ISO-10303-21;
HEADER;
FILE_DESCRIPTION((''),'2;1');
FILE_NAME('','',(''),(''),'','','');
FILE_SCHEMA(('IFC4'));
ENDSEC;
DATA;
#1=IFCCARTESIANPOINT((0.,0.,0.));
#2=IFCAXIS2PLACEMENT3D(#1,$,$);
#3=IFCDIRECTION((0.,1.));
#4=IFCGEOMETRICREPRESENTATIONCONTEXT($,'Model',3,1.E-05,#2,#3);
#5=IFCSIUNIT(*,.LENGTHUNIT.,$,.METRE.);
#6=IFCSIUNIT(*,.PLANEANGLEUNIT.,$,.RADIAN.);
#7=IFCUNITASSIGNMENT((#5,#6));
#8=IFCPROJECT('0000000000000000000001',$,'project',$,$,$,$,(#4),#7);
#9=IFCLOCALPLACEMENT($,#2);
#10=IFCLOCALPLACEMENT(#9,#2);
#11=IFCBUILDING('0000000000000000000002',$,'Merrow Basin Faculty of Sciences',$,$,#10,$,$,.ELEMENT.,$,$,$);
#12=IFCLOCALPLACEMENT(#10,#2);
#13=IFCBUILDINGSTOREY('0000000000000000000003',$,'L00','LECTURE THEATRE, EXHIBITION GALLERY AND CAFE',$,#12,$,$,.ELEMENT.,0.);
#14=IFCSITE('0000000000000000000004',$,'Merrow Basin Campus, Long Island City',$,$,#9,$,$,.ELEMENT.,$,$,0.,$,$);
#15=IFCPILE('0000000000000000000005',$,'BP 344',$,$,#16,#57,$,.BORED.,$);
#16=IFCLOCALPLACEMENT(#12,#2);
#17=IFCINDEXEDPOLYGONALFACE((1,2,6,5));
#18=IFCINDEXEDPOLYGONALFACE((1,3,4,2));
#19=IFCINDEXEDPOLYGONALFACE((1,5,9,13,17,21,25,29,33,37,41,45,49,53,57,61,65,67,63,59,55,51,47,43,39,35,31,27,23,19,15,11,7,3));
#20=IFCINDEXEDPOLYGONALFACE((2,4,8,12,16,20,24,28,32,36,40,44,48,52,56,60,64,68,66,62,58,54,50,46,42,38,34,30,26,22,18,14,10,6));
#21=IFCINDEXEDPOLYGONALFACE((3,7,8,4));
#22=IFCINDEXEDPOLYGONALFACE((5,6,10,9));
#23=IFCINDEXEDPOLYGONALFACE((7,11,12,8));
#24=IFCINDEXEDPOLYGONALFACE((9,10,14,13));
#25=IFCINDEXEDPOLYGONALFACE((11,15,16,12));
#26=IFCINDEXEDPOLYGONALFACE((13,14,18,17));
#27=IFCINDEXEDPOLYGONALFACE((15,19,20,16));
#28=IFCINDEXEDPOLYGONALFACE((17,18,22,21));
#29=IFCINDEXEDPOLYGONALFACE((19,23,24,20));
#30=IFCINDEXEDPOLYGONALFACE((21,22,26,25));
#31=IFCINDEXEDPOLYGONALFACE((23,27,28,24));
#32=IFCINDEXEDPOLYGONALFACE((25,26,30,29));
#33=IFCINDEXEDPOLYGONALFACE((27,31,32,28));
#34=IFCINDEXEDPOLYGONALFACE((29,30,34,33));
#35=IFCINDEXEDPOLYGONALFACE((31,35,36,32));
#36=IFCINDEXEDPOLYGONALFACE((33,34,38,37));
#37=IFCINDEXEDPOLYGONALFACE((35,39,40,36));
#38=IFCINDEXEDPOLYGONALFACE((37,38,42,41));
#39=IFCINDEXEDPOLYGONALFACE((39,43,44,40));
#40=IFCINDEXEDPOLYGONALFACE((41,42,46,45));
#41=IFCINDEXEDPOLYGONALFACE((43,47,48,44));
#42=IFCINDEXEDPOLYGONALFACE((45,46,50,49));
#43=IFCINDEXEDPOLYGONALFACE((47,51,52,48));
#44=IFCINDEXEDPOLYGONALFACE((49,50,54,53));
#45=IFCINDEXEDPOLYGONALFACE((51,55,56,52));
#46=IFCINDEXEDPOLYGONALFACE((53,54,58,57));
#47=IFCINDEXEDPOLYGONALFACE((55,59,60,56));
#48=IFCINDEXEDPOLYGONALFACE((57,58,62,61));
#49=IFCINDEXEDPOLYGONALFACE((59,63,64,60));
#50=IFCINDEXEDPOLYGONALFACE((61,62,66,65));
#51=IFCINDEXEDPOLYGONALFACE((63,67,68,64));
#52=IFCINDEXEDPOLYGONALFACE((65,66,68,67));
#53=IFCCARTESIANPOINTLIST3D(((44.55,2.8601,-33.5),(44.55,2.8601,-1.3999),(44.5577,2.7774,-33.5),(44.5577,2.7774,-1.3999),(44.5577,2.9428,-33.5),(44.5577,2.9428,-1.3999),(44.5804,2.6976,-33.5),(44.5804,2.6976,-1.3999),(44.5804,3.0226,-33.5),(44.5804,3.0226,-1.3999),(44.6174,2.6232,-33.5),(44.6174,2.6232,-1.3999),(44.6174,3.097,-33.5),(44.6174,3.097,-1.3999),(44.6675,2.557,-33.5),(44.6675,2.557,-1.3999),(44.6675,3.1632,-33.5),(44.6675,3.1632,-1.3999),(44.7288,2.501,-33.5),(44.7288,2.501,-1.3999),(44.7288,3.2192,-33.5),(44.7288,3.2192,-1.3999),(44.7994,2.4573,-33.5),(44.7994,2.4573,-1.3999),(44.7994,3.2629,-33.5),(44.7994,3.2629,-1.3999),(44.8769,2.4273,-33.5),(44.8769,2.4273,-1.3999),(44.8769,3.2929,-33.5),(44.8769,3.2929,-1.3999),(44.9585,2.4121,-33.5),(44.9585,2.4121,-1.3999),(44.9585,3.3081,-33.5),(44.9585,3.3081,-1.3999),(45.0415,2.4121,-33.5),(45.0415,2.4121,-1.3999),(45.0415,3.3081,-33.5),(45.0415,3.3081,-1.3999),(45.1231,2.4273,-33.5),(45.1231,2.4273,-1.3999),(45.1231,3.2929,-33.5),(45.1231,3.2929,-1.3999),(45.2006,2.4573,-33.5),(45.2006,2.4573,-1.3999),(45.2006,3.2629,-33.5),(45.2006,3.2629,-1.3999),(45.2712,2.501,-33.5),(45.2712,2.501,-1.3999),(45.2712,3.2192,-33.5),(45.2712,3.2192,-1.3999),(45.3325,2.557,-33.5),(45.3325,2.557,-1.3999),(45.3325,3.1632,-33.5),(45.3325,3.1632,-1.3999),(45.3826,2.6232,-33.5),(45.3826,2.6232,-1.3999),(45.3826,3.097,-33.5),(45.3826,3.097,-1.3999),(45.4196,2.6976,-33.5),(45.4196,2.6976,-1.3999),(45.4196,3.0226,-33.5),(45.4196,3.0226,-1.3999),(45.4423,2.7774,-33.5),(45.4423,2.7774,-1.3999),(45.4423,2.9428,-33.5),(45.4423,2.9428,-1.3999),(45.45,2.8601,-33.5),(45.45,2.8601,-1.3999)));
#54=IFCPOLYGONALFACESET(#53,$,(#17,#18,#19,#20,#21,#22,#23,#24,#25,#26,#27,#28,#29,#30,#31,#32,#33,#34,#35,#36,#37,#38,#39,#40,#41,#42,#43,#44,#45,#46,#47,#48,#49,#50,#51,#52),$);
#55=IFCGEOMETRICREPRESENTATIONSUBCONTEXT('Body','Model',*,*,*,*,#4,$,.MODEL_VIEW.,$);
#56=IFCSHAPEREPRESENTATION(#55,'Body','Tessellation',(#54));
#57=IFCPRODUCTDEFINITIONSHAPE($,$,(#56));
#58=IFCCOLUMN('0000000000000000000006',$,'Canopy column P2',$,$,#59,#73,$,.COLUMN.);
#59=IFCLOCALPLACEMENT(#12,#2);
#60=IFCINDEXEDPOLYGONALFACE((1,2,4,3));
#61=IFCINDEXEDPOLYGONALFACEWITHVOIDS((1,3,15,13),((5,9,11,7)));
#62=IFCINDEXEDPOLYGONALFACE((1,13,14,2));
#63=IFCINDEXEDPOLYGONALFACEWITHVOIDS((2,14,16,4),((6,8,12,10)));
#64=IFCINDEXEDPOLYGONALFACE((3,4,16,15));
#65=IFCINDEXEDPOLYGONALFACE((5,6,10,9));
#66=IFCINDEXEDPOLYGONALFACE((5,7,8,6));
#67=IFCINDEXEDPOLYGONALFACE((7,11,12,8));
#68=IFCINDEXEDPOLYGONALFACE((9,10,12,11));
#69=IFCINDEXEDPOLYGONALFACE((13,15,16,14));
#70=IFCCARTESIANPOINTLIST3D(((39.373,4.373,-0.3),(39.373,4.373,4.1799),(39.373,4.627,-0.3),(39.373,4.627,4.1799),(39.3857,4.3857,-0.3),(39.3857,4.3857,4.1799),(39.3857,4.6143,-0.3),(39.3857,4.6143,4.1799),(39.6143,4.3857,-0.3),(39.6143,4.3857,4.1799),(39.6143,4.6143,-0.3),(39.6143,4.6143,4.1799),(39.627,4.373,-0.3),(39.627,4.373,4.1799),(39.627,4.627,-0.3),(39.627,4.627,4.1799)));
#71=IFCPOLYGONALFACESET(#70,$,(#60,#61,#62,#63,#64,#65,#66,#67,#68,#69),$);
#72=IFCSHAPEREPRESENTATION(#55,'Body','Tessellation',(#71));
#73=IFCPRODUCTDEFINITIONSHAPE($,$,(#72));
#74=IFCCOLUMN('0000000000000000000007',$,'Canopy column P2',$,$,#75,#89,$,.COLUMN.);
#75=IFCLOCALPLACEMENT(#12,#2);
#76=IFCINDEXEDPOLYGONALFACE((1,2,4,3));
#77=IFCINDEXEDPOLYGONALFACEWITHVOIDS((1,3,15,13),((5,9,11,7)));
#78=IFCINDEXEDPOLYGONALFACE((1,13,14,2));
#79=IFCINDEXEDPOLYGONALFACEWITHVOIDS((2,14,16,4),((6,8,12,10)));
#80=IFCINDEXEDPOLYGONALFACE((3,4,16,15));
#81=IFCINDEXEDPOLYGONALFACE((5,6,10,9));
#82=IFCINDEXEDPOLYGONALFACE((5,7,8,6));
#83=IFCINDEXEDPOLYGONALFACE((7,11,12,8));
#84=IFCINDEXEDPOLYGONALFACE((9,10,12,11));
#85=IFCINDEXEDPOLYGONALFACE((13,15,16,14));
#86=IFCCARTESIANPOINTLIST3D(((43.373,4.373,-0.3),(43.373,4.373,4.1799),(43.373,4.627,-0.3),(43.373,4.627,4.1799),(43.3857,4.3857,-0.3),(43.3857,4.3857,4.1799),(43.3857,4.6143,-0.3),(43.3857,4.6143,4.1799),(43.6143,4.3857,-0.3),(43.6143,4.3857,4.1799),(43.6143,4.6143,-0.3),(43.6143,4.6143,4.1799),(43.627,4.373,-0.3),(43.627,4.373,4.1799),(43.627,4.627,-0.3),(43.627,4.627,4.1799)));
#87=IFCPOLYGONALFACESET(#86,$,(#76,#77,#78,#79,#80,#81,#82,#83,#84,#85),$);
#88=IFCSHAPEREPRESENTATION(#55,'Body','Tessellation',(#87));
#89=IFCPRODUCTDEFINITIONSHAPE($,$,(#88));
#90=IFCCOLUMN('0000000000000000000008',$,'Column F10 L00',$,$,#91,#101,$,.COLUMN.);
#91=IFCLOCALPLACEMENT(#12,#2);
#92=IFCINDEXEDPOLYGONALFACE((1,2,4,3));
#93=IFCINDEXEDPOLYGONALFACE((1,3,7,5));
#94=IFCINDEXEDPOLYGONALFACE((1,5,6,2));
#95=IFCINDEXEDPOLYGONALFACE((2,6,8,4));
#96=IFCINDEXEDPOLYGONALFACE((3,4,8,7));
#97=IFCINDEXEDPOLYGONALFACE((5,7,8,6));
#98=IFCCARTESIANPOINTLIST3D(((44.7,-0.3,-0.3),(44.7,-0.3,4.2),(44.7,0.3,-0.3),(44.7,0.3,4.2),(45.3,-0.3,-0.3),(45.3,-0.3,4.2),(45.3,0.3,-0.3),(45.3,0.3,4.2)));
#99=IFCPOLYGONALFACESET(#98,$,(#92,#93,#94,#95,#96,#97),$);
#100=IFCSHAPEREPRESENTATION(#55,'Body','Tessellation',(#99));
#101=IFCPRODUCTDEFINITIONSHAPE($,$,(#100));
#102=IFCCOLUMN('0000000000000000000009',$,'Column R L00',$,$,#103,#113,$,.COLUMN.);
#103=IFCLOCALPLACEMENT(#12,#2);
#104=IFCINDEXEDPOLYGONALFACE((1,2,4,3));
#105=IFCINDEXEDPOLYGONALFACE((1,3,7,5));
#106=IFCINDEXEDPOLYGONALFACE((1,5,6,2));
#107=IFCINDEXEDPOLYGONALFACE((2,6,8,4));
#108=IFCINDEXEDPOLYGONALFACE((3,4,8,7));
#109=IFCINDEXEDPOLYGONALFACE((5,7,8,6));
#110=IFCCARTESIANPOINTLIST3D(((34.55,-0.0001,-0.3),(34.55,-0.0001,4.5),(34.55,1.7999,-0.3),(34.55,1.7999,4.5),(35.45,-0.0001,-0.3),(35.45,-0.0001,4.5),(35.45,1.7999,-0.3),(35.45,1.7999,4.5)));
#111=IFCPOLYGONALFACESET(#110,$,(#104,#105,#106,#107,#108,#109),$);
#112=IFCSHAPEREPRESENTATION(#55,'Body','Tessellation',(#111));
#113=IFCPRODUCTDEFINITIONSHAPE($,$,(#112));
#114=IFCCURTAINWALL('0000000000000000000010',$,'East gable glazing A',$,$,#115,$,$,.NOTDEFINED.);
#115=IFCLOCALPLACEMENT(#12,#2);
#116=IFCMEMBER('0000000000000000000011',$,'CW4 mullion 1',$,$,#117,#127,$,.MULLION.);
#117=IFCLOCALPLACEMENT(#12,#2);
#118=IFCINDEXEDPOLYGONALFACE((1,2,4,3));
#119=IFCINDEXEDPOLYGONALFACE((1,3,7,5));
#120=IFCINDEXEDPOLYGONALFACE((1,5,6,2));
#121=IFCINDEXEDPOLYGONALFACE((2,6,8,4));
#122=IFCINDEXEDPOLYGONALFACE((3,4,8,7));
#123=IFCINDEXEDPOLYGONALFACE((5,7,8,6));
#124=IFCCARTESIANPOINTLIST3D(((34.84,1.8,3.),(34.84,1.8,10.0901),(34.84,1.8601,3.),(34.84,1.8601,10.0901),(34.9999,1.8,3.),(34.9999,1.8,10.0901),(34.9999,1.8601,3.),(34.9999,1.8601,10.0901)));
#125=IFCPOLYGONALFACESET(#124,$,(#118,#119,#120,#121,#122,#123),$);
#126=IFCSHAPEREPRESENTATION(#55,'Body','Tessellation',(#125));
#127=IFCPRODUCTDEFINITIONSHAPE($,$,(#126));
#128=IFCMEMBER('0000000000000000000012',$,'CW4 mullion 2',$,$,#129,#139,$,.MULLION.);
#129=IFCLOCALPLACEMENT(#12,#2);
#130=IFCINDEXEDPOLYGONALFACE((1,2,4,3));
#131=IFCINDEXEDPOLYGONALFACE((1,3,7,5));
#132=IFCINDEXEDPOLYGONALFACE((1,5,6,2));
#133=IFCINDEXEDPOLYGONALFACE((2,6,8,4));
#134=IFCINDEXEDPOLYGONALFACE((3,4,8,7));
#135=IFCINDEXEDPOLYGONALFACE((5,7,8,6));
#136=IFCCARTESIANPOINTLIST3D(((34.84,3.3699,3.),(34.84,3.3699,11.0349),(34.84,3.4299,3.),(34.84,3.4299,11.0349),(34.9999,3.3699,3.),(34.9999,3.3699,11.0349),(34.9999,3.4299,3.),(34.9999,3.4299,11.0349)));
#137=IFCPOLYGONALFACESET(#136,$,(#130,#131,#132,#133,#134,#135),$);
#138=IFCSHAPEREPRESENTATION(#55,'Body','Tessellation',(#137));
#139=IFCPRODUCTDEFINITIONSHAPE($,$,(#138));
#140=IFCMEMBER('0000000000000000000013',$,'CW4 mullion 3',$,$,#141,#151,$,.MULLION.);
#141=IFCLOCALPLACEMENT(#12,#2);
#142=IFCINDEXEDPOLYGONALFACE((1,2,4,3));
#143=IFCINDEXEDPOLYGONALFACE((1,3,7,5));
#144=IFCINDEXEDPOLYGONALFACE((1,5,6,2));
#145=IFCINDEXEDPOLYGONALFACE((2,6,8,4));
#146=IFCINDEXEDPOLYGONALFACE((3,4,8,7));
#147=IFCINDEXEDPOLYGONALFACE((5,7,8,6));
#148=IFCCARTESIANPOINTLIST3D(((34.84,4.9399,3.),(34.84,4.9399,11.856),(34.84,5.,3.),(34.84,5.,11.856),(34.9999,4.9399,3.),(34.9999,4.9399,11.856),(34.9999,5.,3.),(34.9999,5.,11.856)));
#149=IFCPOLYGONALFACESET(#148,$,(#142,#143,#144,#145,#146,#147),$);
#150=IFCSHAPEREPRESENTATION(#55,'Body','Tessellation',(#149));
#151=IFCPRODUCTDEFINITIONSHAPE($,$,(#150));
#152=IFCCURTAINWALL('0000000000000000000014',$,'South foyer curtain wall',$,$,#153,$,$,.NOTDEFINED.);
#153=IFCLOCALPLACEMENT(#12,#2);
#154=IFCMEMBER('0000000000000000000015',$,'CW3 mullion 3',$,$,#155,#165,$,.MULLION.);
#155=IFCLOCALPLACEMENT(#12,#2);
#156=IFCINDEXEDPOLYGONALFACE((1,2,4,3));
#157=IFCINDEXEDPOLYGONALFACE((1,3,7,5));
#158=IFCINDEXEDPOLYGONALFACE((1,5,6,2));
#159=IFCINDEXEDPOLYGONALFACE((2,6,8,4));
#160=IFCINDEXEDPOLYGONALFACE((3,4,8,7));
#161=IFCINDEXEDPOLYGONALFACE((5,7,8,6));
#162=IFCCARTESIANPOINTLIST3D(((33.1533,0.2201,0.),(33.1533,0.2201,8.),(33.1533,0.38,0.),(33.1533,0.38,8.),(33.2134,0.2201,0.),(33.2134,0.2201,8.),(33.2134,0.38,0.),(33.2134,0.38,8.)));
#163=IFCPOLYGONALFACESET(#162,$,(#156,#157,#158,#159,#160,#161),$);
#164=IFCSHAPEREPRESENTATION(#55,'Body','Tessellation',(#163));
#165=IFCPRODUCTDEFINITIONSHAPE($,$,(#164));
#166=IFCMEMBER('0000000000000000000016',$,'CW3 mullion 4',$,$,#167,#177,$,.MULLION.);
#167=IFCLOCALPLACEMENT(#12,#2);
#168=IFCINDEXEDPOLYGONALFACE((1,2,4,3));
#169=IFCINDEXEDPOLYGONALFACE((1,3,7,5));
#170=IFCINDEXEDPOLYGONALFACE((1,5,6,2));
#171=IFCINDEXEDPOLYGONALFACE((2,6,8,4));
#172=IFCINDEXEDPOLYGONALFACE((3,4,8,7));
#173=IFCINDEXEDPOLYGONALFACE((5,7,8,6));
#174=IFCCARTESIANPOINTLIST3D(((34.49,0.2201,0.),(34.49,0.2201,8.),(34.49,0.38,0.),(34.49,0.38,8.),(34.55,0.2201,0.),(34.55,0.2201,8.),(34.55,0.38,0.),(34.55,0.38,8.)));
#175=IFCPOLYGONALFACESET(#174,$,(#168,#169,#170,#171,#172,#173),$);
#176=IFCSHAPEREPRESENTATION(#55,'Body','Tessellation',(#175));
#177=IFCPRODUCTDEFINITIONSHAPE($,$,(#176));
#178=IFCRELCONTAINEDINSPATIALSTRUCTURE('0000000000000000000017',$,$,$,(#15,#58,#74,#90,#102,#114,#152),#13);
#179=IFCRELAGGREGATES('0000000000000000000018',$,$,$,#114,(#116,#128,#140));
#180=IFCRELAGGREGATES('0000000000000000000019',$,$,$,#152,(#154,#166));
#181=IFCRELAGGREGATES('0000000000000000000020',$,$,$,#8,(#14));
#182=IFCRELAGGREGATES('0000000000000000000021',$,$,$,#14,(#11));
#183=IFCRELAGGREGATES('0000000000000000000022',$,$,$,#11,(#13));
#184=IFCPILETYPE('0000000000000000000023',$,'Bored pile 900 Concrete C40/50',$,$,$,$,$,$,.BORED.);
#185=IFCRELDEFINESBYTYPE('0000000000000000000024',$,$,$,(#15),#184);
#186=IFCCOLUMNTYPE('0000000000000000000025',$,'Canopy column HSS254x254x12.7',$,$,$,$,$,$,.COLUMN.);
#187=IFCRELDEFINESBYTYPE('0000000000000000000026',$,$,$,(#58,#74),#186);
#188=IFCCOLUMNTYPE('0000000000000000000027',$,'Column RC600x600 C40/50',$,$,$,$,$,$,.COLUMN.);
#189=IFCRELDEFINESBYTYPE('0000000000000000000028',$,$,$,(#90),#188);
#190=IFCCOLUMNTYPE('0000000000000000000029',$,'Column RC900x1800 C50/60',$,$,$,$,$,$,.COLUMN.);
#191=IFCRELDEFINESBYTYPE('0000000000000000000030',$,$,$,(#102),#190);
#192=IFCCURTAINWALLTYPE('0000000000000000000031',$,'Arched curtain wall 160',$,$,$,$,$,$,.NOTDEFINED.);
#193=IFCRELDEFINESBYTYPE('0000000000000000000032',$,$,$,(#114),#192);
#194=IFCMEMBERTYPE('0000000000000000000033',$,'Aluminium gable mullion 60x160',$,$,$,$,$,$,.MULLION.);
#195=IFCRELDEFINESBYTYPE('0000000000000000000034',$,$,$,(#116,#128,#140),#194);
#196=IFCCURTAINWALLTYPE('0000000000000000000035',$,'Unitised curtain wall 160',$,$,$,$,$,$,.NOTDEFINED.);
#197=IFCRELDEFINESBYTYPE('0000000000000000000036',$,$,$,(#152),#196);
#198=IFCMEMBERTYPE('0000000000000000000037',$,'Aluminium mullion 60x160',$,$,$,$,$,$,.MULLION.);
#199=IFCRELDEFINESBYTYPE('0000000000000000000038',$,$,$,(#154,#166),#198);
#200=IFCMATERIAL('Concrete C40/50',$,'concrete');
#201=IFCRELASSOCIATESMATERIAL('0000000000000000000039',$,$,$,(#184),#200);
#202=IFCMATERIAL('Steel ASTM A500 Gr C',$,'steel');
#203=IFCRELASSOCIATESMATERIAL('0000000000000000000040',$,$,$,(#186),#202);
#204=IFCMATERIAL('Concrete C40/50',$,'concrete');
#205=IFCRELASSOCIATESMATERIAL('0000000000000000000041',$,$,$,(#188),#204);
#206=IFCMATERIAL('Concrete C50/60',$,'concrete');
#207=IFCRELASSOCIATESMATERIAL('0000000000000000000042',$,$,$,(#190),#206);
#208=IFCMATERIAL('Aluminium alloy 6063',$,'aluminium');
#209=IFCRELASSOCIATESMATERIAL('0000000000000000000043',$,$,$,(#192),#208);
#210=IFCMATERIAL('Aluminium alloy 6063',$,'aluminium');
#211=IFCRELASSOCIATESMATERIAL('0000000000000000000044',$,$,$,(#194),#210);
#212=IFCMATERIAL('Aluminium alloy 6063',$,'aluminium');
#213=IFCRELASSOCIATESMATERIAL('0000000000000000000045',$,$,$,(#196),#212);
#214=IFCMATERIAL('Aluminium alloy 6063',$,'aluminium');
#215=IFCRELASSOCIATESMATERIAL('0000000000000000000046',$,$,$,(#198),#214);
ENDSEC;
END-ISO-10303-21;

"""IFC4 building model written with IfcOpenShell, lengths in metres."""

from ifc_helpers import new_model, si_unit, direction, frame, origin, origin_2d, place, context, subcontext, project, spatial, rectangle, hollow_rectangle, circle, extrude, material, material_profile, profile_set, type_object, element, aggregate, save


model = new_model("IFC4")

# Units and contexts
model_context = context("Model", 3, precision=1e-05, world=origin(), true_north=direction((0.0, 1.0)))
body_context = subcontext(model_context, "Body", "Model", "MODEL_VIEW")
ifc_project = project(units=[si_unit("LENGTHUNIT", "METRE"), si_unit("PLANEANGLEUNIT", "RADIAN")], contexts=[model_context])

# Site, building, storey
site_placement = place(None, origin())
site = spatial("IfcSite", under=ifc_project, at=site_placement, Name="Merrow Basin Campus, Long Island City", CompositionType="ELEMENT", RefElevation=0.0)
building_placement = place(site_placement, origin())
building = spatial("IfcBuilding", under=site, at=building_placement, Name="Merrow Basin Faculty of Sciences", CompositionType="ELEMENT")
storey_placement = place(building_placement, origin())
storey = spatial("IfcBuildingStorey", under=building, at=storey_placement, Name="L00", Description="LECTURE THEATRE, EXHIBITION GALLERY AND CAFE", CompositionType="ELEMENT", Elevation=0.0)

# Pile
ifc_material_1 = material(Name="Concrete C40/50", Category="concrete")
ifc_material_profile_1 = material_profile(ifc_material_1, circle(Radius=0.45, at=origin_2d()))
ifc_profile_set_1 = profile_set([ifc_material_profile_1], Name="Concrete C40/50")
pile_type_1 = type_object("IfcPileType", Name="Bored pile 900 Concrete C40/50", PredefinedType="BORED", material=ifc_profile_set_1)
for number, where, z_axis, x_axis, name in (
    (1, (45.0, 2.8601, -1.3999), (0.0, 0.0, -1.0), (1.0, 0.0, 0.0), "BP 344"),
):
    element("IfcPile", number, at=place(storey_placement, frame(where, z_axis=z_axis, x_axis=x_axis)), inside=storey, type_object=pile_type_1, Name=name, PredefinedType="BORED", context=body_context, shape_type="SweptSolid", body=[
        extrude(circle(Radius=0.45, at=origin_2d()), origin(), (0.0, 0.0, 1.0), 32.1001),
    ])

# Columns
ifc_material_2 = material(Name="Steel ASTM A500 Gr C", Category="steel")
ifc_material_profile_2 = material_profile(ifc_material_2, hollow_rectangle(XDim=0.2539, YDim=0.2539, WallThickness=0.0127, at=origin_2d()))
ifc_profile_set_2 = profile_set([ifc_material_profile_2], Name="Steel ASTM A500 Gr C")
column_type_1 = type_object("IfcColumnType", Name="Canopy column HSS254x254x12.7", PredefinedType="COLUMN", material=ifc_profile_set_2)
for number, where, z_axis, x_axis, name in (
    (2, (39.5, 4.5, -0.3), (0.0, 0.0, 1.0), (1.0, 0.0, 0.0), "Canopy column P2"),
    (3, (43.5, 4.5, -0.3), (0.0, 0.0, 1.0), (1.0, 0.0, 0.0), "Canopy column P2"),
):
    element("IfcColumn", number, at=place(storey_placement, frame(where, z_axis=z_axis, x_axis=x_axis)), inside=storey, type_object=column_type_1, Name=name, PredefinedType="COLUMN", context=body_context, shape_type="SweptSolid", body=[
        extrude(hollow_rectangle(XDim=0.2539, YDim=0.2539, WallThickness=0.0127, at=origin_2d()), origin(), (0.0, 0.0, 1.0), 4.48),
    ])
ifc_material_3 = material(Name="Concrete C40/50", Category="concrete")
ifc_material_profile_3 = material_profile(ifc_material_3, rectangle(XDim=0.6001, YDim=0.6001, at=origin_2d()))
ifc_profile_set_3 = profile_set([ifc_material_profile_3], Name="Concrete C40/50")
column_type_2 = type_object("IfcColumnType", Name="Column RC600x600 C40/50", PredefinedType="COLUMN", material=ifc_profile_set_3)
column_1_placement = place(storey_placement, frame((45.0, 0.0, -0.3), z_axis=(0.0, 0.0, 1.0), x_axis=(1.0, 0.0, 0.0)))
element("IfcColumn", 4, at=column_1_placement, inside=storey, type_object=column_type_2, Name="Column F10 L00", PredefinedType="COLUMN", context=body_context, shape_type="SweptSolid", body=[
    extrude(rectangle(XDim=0.6001, YDim=0.6001, at=origin_2d()), origin(), (0.0, 0.0, 1.0), 4.5),
])
ifc_material_4 = material(Name="Concrete C50/60", Category="concrete")
ifc_material_profile_4 = material_profile(ifc_material_4, rectangle(XDim=0.8999, YDim=1.8, at=origin_2d()))
ifc_profile_set_4 = profile_set([ifc_material_profile_4], Name="Concrete C50/60")
column_type_3 = type_object("IfcColumnType", Name="Column RC900x1800 C50/60", PredefinedType="COLUMN", material=ifc_profile_set_4)
column_2_placement = place(storey_placement, frame((35.0, 0.8999, -0.3), z_axis=(0.0, 0.0, 1.0), x_axis=(1.0, 0.0, 0.0)))
element("IfcColumn", 5, at=column_2_placement, inside=storey, type_object=column_type_3, Name="Column R L00", PredefinedType="COLUMN", context=body_context, shape_type="SweptSolid", body=[
    extrude(rectangle(XDim=0.8999, YDim=1.8, at=origin_2d()), origin(), (0.0, 0.0, 1.0), 4.8),
])

# Curtain walls, members
ifc_material_5 = material(Name="Aluminium alloy 6063", Category="aluminium")
curtain_wall_type_1 = type_object("IfcCurtainWallType", Name="Arched curtain wall 160", PredefinedType="NOTDEFINED", material=ifc_material_5)
curtain_wall_1_placement = place(storey_placement, origin())
curtain_wall_1 = element("IfcCurtainWall", 6, at=curtain_wall_1_placement, inside=storey, type_object=curtain_wall_type_1, Name="East gable glazing A", PredefinedType="NOTDEFINED")
ifc_material_6 = material(Name="Aluminium alloy 6063", Category="aluminium")
ifc_material_profile_5 = material_profile(ifc_material_6, rectangle(XDim=0.1599, YDim=0.0601, at=origin_2d()))
ifc_profile_set_5 = profile_set([ifc_material_profile_5], Name="Aluminium alloy 6063")
member_type_1 = type_object("IfcMemberType", Name="Aluminium gable mullion 60x160", PredefinedType="MULLION", material=ifc_profile_set_5)
member_1_placement = place(storey_placement, frame((34.9199, 1.8301, 3.0), z_axis=(0.0, 0.0, 1.0), x_axis=(1.0, 0.0, 0.0)))
member_1 = element("IfcMember", 7, at=member_1_placement, type_object=member_type_1, Name="CW4 mullion 1", PredefinedType="MULLION", context=body_context, shape_type="SweptSolid", body=[
    extrude(rectangle(XDim=0.1599, YDim=0.0601, at=origin_2d()), origin(), (0.0, 0.0, 1.0), 7.0901),
])
member_2_placement = place(storey_placement, frame((34.9199, 3.3999, 3.0), z_axis=(0.0, 0.0, 1.0), x_axis=(1.0, 0.0, 0.0)))
member_2 = element("IfcMember", 8, at=member_2_placement, type_object=member_type_1, Name="CW4 mullion 2", PredefinedType="MULLION", context=body_context, shape_type="SweptSolid", body=[
    extrude(rectangle(XDim=0.1599, YDim=0.0601, at=origin_2d()), origin(), (0.0, 0.0, 1.0), 8.0349),
])
member_3_placement = place(storey_placement, frame((34.9199, 4.97, 3.0), z_axis=(0.0, 0.0, 1.0), x_axis=(1.0, 0.0, 0.0)))
member_3 = element("IfcMember", 9, at=member_3_placement, type_object=member_type_1, Name="CW4 mullion 3", PredefinedType="MULLION", context=body_context, shape_type="SweptSolid", body=[
    extrude(rectangle(XDim=0.1599, YDim=0.0601, at=origin_2d()), origin(), (0.0, 0.0, 1.0), 8.856),
])
ifc_material_7 = material(Name="Aluminium alloy 6063", Category="aluminium")
curtain_wall_type_2 = type_object("IfcCurtainWallType", Name="Unitised curtain wall 160", PredefinedType="NOTDEFINED", material=ifc_material_7)
curtain_wall_2_placement = place(storey_placement, origin())
curtain_wall_2 = element("IfcCurtainWall", 10, at=curtain_wall_2_placement, inside=storey, type_object=curtain_wall_type_2, Name="South foyer curtain wall", PredefinedType="NOTDEFINED")
ifc_material_8 = material(Name="Aluminium alloy 6063", Category="aluminium")
ifc_material_profile_6 = material_profile(ifc_material_8, rectangle(XDim=0.1599, YDim=0.0601, at=origin_2d()))
ifc_profile_set_6 = profile_set([ifc_material_profile_6], Name="Aluminium alloy 6063")
member_type_2 = type_object("IfcMemberType", Name="Aluminium mullion 60x160", PredefinedType="MULLION", material=ifc_profile_set_6)
member_4_placement = place(storey_placement, frame((33.1833, 0.3, 0.0), z_axis=(0.0, 0.0, 1.0), x_axis=(0.0, 1.0, 0.0)))
member_4 = element("IfcMember", 11, at=member_4_placement, type_object=member_type_2, Name="CW3 mullion 3", PredefinedType="MULLION", context=body_context, shape_type="SweptSolid", body=[
    extrude(rectangle(XDim=0.1599, YDim=0.0601, at=origin_2d()), origin(), (0.0, 0.0, 1.0), 8.0),
])
member_5_placement = place(storey_placement, frame((34.52, 0.3, 0.0), z_axis=(0.0, 0.0, 1.0), x_axis=(0.0, 1.0, 0.0)))
member_5 = element("IfcMember", 12, at=member_5_placement, type_object=member_type_2, Name="CW3 mullion 4", PredefinedType="MULLION", context=body_context, shape_type="SweptSolid", body=[
    extrude(rectangle(XDim=0.1599, YDim=0.0601, at=origin_2d()), origin(), (0.0, 0.0, 1.0), 8.0),
])

aggregate(curtain_wall_1, [member_1, member_2, member_3])
aggregate(curtain_wall_2, [member_4, member_5])

save(model, "model.ifc")
